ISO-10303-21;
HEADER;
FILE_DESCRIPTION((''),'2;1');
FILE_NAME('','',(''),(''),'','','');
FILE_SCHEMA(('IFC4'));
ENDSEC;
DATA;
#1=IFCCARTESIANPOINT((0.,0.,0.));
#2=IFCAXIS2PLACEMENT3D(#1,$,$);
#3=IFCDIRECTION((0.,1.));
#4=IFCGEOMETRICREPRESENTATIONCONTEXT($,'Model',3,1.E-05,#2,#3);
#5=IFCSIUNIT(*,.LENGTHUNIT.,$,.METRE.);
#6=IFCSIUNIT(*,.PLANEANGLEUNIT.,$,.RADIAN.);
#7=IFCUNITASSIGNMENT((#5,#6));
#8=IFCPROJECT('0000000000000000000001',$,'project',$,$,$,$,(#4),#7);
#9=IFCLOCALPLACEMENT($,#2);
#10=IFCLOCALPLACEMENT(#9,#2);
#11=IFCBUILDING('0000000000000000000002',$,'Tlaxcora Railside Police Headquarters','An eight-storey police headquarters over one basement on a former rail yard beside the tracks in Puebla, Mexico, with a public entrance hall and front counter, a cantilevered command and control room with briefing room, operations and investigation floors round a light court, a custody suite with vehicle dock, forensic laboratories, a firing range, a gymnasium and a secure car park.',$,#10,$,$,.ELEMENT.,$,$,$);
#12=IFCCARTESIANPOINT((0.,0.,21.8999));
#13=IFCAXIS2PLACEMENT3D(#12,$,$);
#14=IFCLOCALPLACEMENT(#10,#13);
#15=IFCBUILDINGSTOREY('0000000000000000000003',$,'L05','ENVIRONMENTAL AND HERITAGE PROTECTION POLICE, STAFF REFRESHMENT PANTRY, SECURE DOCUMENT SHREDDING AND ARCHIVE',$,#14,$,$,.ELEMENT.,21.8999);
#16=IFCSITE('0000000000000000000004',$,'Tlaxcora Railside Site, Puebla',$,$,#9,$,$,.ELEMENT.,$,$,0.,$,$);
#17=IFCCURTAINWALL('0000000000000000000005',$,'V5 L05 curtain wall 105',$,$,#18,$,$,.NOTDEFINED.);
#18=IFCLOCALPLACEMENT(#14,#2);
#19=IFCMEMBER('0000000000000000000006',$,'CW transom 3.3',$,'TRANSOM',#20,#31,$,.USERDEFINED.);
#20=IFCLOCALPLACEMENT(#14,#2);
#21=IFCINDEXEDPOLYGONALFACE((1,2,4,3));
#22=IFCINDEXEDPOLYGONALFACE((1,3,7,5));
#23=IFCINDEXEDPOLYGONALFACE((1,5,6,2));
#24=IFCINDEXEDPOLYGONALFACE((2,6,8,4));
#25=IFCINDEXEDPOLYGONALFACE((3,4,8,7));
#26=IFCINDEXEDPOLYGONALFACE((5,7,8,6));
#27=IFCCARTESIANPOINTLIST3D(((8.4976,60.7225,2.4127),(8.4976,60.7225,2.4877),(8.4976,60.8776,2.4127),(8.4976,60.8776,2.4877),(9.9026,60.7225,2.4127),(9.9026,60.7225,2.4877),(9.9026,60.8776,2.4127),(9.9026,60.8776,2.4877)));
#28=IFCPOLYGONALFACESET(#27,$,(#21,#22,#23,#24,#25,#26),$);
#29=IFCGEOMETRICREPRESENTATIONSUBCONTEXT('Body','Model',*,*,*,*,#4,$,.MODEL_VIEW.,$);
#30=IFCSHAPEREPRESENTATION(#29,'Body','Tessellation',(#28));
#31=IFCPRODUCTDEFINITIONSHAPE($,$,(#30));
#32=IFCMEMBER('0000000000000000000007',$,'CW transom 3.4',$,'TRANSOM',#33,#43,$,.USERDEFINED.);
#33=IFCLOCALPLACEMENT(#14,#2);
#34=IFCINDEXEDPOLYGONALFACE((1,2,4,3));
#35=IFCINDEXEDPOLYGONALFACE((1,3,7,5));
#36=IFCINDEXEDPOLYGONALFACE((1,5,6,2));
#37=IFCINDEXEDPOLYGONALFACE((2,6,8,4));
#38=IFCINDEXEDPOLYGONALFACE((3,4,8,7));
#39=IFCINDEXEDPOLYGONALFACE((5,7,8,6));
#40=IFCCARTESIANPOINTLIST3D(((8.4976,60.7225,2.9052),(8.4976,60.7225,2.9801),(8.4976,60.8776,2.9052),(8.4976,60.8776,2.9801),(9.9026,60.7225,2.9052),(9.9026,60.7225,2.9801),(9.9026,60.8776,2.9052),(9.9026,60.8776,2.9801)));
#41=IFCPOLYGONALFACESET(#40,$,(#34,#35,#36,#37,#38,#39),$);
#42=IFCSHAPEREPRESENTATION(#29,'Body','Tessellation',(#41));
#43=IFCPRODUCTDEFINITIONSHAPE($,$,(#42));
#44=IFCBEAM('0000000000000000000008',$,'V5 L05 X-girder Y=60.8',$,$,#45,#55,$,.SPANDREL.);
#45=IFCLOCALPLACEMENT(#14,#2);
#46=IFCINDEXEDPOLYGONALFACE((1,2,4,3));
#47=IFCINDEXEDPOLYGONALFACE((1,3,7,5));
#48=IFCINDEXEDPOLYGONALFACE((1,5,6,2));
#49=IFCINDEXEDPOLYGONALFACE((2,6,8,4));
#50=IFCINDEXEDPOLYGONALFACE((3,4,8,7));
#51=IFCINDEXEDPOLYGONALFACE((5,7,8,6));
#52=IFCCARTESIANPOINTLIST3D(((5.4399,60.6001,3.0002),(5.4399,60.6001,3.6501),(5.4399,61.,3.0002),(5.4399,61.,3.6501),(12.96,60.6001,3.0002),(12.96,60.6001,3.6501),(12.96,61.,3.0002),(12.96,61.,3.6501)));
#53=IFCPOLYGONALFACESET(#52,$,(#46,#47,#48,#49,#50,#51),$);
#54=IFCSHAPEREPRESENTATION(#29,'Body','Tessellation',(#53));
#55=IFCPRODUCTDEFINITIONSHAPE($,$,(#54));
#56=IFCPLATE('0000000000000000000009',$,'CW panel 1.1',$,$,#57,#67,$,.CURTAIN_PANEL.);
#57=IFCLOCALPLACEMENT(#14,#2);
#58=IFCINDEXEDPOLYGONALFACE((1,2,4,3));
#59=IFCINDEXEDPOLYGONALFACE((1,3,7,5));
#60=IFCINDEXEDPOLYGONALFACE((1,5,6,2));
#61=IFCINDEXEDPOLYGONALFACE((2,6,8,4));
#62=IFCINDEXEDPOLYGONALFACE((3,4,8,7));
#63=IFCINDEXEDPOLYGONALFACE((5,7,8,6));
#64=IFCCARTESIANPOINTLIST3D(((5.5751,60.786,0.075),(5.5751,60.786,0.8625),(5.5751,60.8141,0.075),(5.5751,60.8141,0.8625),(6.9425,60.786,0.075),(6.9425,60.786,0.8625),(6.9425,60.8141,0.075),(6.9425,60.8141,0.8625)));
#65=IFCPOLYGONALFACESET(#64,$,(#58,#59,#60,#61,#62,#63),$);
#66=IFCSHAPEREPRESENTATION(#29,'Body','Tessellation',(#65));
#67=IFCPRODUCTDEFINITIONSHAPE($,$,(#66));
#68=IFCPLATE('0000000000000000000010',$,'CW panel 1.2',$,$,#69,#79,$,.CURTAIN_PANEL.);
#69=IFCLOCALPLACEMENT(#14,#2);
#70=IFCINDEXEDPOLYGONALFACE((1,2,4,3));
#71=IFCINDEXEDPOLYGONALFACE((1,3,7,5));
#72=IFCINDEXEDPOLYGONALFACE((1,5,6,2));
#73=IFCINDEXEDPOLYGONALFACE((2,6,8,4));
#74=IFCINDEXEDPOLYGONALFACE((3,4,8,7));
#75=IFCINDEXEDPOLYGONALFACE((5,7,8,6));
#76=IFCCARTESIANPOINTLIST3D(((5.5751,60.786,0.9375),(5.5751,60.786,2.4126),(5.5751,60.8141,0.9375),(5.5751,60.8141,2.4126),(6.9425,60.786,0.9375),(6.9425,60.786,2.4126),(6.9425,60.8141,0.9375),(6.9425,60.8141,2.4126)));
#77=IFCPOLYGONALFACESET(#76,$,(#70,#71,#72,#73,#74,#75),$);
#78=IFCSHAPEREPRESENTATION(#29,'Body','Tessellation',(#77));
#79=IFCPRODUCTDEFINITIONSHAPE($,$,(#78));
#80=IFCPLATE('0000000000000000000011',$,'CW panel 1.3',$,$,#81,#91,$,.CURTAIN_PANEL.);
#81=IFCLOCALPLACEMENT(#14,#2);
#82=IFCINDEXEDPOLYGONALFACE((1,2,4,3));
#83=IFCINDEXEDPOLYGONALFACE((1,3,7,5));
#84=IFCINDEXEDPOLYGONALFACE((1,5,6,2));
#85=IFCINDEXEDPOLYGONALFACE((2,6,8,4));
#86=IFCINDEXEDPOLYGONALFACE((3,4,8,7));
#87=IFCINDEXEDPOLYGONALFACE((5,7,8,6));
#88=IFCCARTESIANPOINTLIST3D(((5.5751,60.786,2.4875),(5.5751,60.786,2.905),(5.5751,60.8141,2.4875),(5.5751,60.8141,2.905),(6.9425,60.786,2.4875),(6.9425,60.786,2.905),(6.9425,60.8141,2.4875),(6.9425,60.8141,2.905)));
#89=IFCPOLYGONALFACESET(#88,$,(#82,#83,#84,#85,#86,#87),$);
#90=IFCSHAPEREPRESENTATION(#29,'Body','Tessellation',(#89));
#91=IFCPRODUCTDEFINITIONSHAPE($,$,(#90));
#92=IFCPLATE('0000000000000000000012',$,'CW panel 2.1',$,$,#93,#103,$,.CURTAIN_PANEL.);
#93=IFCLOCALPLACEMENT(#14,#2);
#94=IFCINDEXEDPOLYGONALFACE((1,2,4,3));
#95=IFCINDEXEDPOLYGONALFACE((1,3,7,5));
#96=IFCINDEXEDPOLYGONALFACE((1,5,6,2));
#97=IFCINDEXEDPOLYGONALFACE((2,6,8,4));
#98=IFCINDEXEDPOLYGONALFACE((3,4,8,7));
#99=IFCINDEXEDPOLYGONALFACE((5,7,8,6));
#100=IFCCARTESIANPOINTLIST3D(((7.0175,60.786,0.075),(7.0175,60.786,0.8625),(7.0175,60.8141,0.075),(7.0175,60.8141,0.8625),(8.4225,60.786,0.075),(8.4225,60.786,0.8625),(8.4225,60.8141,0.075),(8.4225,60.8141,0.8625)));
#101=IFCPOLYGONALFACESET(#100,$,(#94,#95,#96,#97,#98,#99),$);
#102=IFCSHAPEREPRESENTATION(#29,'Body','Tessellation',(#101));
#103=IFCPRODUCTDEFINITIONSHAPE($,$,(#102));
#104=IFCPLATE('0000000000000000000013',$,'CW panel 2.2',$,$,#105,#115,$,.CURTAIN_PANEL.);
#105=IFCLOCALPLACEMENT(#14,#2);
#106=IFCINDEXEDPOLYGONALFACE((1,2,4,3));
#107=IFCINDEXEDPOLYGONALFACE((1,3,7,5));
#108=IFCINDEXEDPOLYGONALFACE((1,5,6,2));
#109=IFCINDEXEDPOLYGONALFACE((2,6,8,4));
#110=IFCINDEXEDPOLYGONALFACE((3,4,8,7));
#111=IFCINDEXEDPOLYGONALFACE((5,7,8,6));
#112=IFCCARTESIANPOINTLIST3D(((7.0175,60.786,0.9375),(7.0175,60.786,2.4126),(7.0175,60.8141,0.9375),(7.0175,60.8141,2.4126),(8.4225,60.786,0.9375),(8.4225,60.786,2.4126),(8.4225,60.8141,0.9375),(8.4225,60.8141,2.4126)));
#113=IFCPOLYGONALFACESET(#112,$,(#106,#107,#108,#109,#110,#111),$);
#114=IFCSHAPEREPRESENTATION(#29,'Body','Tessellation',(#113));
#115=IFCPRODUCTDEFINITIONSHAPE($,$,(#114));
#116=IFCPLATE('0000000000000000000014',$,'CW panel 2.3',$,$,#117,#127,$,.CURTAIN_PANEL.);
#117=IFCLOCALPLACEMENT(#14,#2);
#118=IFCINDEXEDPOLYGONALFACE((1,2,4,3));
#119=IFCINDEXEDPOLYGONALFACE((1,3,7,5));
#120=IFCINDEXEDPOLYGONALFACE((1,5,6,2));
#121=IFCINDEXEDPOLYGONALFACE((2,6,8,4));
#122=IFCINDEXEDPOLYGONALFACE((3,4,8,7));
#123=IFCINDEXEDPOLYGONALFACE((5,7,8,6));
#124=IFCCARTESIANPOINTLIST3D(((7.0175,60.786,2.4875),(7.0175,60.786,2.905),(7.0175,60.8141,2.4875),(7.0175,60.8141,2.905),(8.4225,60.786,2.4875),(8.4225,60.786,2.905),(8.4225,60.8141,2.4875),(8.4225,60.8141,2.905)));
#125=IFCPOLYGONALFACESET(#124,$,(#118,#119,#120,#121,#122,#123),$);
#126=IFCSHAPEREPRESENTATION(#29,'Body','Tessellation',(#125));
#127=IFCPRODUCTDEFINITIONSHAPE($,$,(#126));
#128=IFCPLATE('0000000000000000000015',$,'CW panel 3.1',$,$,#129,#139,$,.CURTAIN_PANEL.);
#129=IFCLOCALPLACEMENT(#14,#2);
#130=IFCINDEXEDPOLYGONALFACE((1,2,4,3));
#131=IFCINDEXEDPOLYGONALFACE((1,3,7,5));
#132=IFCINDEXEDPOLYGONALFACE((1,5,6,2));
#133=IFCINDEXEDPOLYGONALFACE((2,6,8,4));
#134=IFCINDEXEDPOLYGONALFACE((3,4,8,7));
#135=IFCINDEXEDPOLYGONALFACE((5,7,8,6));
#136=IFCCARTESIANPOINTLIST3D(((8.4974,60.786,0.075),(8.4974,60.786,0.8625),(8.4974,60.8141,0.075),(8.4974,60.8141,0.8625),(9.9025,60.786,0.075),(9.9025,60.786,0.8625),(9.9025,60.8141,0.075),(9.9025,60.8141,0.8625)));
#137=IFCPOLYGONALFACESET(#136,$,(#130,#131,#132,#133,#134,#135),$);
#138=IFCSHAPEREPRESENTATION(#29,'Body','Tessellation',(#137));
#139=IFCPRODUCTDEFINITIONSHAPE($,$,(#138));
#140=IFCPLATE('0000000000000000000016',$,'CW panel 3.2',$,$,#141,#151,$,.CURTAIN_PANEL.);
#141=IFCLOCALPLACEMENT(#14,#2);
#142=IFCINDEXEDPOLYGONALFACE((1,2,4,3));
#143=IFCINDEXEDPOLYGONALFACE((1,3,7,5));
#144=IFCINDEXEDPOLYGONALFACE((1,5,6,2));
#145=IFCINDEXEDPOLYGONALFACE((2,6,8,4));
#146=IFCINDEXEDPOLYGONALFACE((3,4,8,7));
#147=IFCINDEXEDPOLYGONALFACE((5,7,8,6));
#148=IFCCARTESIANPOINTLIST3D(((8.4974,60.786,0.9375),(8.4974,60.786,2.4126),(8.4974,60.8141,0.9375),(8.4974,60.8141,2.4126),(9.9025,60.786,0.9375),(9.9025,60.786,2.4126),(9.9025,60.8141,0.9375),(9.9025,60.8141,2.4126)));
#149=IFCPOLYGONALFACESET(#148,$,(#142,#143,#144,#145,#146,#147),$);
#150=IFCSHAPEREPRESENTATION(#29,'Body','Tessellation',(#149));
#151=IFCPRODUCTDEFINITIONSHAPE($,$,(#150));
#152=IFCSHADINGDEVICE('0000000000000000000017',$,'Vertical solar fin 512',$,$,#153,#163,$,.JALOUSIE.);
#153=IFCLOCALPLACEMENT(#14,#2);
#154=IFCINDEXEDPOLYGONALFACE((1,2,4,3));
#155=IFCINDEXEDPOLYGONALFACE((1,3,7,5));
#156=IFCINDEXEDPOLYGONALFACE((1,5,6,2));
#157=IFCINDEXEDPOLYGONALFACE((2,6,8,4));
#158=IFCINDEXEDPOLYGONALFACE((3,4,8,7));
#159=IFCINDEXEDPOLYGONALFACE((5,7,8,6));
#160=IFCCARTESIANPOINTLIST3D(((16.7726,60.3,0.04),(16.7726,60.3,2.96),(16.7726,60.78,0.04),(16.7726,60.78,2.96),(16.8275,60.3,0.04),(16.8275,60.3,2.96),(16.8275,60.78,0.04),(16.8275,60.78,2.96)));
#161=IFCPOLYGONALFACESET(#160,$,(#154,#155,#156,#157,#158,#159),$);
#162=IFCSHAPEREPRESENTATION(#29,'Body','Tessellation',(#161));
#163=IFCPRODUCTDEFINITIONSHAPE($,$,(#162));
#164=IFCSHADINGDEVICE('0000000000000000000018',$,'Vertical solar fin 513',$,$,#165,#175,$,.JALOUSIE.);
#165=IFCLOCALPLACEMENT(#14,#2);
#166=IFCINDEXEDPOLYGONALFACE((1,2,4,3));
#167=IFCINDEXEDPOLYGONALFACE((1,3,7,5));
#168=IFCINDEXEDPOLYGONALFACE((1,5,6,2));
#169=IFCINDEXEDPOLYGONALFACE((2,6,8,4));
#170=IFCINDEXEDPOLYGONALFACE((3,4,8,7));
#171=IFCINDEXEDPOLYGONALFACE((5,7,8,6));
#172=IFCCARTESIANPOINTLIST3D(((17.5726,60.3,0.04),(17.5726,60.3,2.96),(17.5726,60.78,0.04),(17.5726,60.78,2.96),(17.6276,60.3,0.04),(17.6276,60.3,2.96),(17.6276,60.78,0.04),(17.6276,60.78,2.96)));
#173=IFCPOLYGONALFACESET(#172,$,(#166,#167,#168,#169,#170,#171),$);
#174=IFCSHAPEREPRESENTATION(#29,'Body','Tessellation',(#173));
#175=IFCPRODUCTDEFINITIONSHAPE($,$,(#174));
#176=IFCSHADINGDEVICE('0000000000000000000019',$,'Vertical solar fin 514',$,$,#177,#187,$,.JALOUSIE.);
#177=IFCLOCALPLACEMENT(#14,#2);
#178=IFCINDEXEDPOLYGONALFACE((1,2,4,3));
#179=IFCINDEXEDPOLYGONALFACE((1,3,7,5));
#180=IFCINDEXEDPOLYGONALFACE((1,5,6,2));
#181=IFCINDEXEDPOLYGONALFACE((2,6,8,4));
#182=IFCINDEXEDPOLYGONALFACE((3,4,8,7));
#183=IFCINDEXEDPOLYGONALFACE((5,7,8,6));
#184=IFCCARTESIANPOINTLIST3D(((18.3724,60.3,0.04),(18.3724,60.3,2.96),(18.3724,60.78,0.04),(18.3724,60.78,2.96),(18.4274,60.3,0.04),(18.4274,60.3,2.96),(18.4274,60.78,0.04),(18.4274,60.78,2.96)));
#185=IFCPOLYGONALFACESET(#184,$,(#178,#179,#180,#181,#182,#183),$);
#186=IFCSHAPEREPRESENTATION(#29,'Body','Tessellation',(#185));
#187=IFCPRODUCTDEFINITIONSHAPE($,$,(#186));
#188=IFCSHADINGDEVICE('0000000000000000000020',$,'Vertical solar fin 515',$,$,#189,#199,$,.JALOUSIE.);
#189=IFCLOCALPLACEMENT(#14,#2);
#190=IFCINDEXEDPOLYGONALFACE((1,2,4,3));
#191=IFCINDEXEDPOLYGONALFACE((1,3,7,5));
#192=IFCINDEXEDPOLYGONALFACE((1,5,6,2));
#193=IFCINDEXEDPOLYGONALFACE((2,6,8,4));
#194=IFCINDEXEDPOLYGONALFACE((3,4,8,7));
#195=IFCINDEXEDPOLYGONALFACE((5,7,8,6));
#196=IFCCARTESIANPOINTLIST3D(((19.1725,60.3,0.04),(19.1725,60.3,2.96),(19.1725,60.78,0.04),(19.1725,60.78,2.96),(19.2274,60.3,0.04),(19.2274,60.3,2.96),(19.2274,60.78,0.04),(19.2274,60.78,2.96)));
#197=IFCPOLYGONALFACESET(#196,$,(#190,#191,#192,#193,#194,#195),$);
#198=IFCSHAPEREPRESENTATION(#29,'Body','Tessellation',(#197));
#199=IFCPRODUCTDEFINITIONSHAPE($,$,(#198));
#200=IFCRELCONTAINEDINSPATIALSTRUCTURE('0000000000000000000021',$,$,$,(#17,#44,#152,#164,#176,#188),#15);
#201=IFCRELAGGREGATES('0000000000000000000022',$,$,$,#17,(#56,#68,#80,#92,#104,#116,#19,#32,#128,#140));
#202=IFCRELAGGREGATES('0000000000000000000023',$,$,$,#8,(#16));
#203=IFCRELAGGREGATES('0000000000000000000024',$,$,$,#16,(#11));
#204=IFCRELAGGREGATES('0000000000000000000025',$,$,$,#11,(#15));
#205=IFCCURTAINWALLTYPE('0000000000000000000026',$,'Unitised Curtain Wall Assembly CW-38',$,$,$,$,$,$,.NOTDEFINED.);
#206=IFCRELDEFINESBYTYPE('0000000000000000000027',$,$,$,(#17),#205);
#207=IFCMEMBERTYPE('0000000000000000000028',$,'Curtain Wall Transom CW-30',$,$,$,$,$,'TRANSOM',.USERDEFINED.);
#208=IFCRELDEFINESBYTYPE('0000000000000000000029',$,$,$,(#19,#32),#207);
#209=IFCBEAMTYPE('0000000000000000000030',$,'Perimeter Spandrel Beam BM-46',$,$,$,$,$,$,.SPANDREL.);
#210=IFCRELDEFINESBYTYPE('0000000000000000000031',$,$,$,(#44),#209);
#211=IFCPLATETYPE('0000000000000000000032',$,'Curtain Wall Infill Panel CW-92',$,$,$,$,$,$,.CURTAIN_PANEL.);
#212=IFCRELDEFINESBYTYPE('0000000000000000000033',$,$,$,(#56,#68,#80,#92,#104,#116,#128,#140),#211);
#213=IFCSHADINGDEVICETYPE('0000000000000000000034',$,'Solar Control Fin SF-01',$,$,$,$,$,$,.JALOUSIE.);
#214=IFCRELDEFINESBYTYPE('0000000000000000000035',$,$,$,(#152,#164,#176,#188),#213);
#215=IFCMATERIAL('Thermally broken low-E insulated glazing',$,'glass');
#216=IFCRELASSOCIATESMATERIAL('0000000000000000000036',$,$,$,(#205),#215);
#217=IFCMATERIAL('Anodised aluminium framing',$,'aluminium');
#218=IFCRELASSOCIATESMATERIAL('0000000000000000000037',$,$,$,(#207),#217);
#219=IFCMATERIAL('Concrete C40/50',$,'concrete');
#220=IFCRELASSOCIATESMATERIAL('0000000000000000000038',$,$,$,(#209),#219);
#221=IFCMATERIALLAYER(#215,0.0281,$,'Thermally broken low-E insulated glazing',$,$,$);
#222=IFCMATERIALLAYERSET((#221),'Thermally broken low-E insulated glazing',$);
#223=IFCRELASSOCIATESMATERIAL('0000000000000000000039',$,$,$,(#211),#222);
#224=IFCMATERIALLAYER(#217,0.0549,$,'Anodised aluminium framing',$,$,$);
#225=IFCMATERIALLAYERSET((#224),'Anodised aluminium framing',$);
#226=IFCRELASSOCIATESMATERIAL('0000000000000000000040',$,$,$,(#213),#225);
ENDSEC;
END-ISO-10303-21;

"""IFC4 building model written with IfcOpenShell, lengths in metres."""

from ifc_helpers import new_model, si_unit, direction, frame, origin, origin_2d, place, context, subcontext, project, spatial, rectangle, extrude, material, layer, layer_set, material_profile, profile_set, type_object, element, aggregate, save


model = new_model("IFC4")

# Units and contexts
model_context = context("Model", 3, precision=1e-05, world=origin(), true_north=direction((0.0, 1.0)))
body_context = subcontext(model_context, "Body", "Model", "MODEL_VIEW")
ifc_project = project(units=[si_unit("LENGTHUNIT", "METRE"), si_unit("PLANEANGLEUNIT", "RADIAN")], contexts=[model_context])

# Site, building, storey
site_placement = place(None, origin())
site = spatial("IfcSite", under=ifc_project, at=site_placement, Name="Tlaxcora Railside Site, Puebla", CompositionType="ELEMENT", RefElevation=0.0)
building_placement = place(site_placement, origin())
building = spatial("IfcBuilding", under=site, at=building_placement, Name="Tlaxcora Railside Police Headquarters", Description="An eight-storey police headquarters over one basement on a former rail yard beside the tracks in Puebla, Mexico, with a public entrance hall and front counter, a cantilevered command and control room with briefing room, operations and investigation floors round a light court, a custody suite with vehicle dock, forensic laboratories, a firing range, a gymnasium and a secure car park.", CompositionType="ELEMENT")
storey_placement = place(building_placement, frame((0.0, 0.0, 21.8999)))
storey = spatial("IfcBuildingStorey", under=building, at=storey_placement, Name="L05", Description="ENVIRONMENTAL AND HERITAGE PROTECTION POLICE, STAFF REFRESHMENT PANTRY, SECURE DOCUMENT SHREDDING AND ARCHIVE", CompositionType="ELEMENT", Elevation=21.8999)

# Shared definitions
ifc_material_1 = material(Name="Concrete C40/50", Category="concrete")

# Curtain wall, members
ifc_material_2 = material(Name="Thermally broken low-E insulated glazing", Category="glass")
curtain_wall_type = type_object("IfcCurtainWallType", Name="Unitised Curtain Wall Assembly CW-38", PredefinedType="NOTDEFINED", material=ifc_material_2)
curtain_wall_placement = place(storey_placement, origin())
curtain_wall = element("IfcCurtainWall", 1, at=curtain_wall_placement, inside=storey, type_object=curtain_wall_type, Name="V5 L05 curtain wall 105", PredefinedType="NOTDEFINED")
ifc_material_3 = material(Name="Anodised aluminium framing", Category="aluminium")
ifc_material_profile_1 = material_profile(ifc_material_3, rectangle(XDim=0.155, YDim=0.075, at=origin_2d()), Name="AL75X155")
ifc_profile_set_1 = profile_set([ifc_material_profile_1], Name="Anodised aluminium framing")
member_type_1 = type_object("IfcMemberType", Name="Curtain Wall Transom CW-30", ElementType="TRANSOM", PredefinedType="USERDEFINED", material=ifc_profile_set_1)
member_1_placement = place(storey_placement, frame((8.4976, 60.8, 2.4502), z_axis=(1.0, 0.0, 0.0), x_axis=(0.0, 1.0, 0.0)))
member_1 = element("IfcMember", 2, at=member_1_placement, type_object=member_type_1, Name="CW transom 3.3", ObjectType="TRANSOM", PredefinedType="USERDEFINED", context=body_context, shape_type="SweptSolid", body=[
    extrude(rectangle(XDim=0.155, YDim=0.075, at=origin_2d()), origin(), (0.0, 0.0, 1.0), 1.405),
])
member_2_placement = place(storey_placement, frame((8.4976, 60.8, 2.9426), z_axis=(1.0, 0.0, 0.0), x_axis=(0.0, 1.0, 0.0)))
member_2 = element("IfcMember", 3, at=member_2_placement, type_object=member_type_1, Name="CW transom 3.4", ObjectType="TRANSOM", PredefinedType="USERDEFINED", context=body_context, shape_type="SweptSolid", body=[
    extrude(rectangle(XDim=0.155, YDim=0.075, at=origin_2d()), origin(), (0.0, 0.0, 1.0), 1.405),
])

# Beam
ifc_material_profile_2 = material_profile(ifc_material_1, rectangle(XDim=0.3999, YDim=0.6499, at=origin_2d()), Name="RC400X650")
ifc_profile_set_2 = profile_set([ifc_material_profile_2], Name="Concrete C40/50")
beam_type = type_object("IfcBeamType", Name="Perimeter Spandrel Beam BM-46", PredefinedType="SPANDREL", material=ifc_profile_set_2)
beam_placement = place(storey_placement, frame((5.4399, 60.8, 3.3252), z_axis=(1.0, 0.0, 0.0), x_axis=(0.0, 1.0, 0.0)))
element("IfcBeam", 4, at=beam_placement, inside=storey, type_object=beam_type, Name="V5 L05 X-girder Y=60.8", PredefinedType="SPANDREL", context=body_context, shape_type="SweptSolid", body=[
    extrude(rectangle(XDim=0.3999, YDim=0.6499, at=origin_2d()), origin(), (0.0, 0.0, 1.0), 7.52),
])

# Plates
ifc_layer_1 = layer(ifc_material_2, 0.0281, Name="Thermally broken low-E insulated glazing")
ifc_layer_set_1 = layer_set([ifc_layer_1], Name="Thermally broken low-E insulated glazing")
plate_type = type_object("IfcPlateType", Name="Curtain Wall Infill Panel CW-92", PredefinedType="CURTAIN_PANEL", material=ifc_layer_set_1)
plate_1_placement = place(storey_placement, frame((6.2588, 60.8, 0.075), z_axis=(0.0, 0.0, 1.0), x_axis=(1.0, 0.0, 0.0)))
plate_1 = element("IfcPlate", 5, at=plate_1_placement, type_object=plate_type, Name="CW panel 1.1", PredefinedType="CURTAIN_PANEL", context=body_context, shape_type="SweptSolid", body=[
    extrude(rectangle(XDim=1.3674, YDim=0.0281, at=origin_2d()), origin(), (0.0, 0.0, 1.0), 0.7876),
])
plate_2_placement = place(storey_placement, frame((6.2588, 60.8, 0.9375), z_axis=(0.0, 0.0, 1.0), x_axis=(1.0, 0.0, 0.0)))
plate_2 = element("IfcPlate", 6, at=plate_2_placement, type_object=plate_type, Name="CW panel 1.2", PredefinedType="CURTAIN_PANEL", context=body_context, shape_type="SweptSolid", body=[
    extrude(rectangle(XDim=1.3674, YDim=0.0281, at=origin_2d()), origin(), (0.0, 0.0, 1.0), 1.4751),
])
plate_3_placement = place(storey_placement, frame((6.2588, 60.8, 2.4875), z_axis=(0.0, 0.0, 1.0), x_axis=(1.0, 0.0, 0.0)))
plate_3 = element("IfcPlate", 7, at=plate_3_placement, type_object=plate_type, Name="CW panel 1.3", PredefinedType="CURTAIN_PANEL", context=body_context, shape_type="SweptSolid", body=[
    extrude(rectangle(XDim=1.3674, YDim=0.0281, at=origin_2d()), origin(), (0.0, 0.0, 1.0), 0.4175),
])
plate_4_placement = place(storey_placement, frame((7.72, 60.8, 0.075), z_axis=(0.0, 0.0, 1.0), x_axis=(1.0, 0.0, 0.0)))
plate_4 = element("IfcPlate", 8, at=plate_4_placement, type_object=plate_type, Name="CW panel 2.1", PredefinedType="CURTAIN_PANEL", context=body_context, shape_type="SweptSolid", body=[
    extrude(rectangle(XDim=1.405, YDim=0.0281, at=origin_2d()), origin(), (0.0, 0.0, 1.0), 0.7876),
])
plate_5_placement = place(storey_placement, frame((7.72, 60.8, 0.9375), z_axis=(0.0, 0.0, 1.0), x_axis=(1.0, 0.0, 0.0)))
plate_5 = element("IfcPlate", 9, at=plate_5_placement, type_object=plate_type, Name="CW panel 2.2", PredefinedType="CURTAIN_PANEL", context=body_context, shape_type="SweptSolid", body=[
    extrude(rectangle(XDim=1.405, YDim=0.0281, at=origin_2d()), origin(), (0.0, 0.0, 1.0), 1.4751),
])
plate_6_placement = place(storey_placement, frame((7.72, 60.8, 2.4875), z_axis=(0.0, 0.0, 1.0), x_axis=(1.0, 0.0, 0.0)))
plate_6 = element("IfcPlate", 10, at=plate_6_placement, type_object=plate_type, Name="CW panel 2.3", PredefinedType="CURTAIN_PANEL", context=body_context, shape_type="SweptSolid", body=[
    extrude(rectangle(XDim=1.405, YDim=0.0281, at=origin_2d()), origin(), (0.0, 0.0, 1.0), 0.4175),
])
plate_7_placement = place(storey_placement, frame((9.2, 60.8, 0.075), z_axis=(0.0, 0.0, 1.0), x_axis=(1.0, 0.0, 0.0)))
plate_7 = element("IfcPlate", 11, at=plate_7_placement, type_object=plate_type, Name="CW panel 3.1", PredefinedType="CURTAIN_PANEL", context=body_context, shape_type="SweptSolid", body=[
    extrude(rectangle(XDim=1.405, YDim=0.0281, at=origin_2d()), origin(), (0.0, 0.0, 1.0), 0.7876),
])
plate_8_placement = place(storey_placement, frame((9.2, 60.8, 0.9375), z_axis=(0.0, 0.0, 1.0), x_axis=(1.0, 0.0, 0.0)))
plate_8 = element("IfcPlate", 12, at=plate_8_placement, type_object=plate_type, Name="CW panel 3.2", PredefinedType="CURTAIN_PANEL", context=body_context, shape_type="SweptSolid", body=[
    extrude(rectangle(XDim=1.405, YDim=0.0281, at=origin_2d()), origin(), (0.0, 0.0, 1.0), 1.4751),
])
aggregate(curtain_wall, [plate_1, plate_2, plate_3, plate_4, plate_5, plate_6, member_1, member_2, plate_7, plate_8])

# Shading devices
ifc_layer_2 = layer(ifc_material_3, 0.0549, Name="Anodised aluminium framing")
ifc_layer_set_2 = layer_set([ifc_layer_2], Name="Anodised aluminium framing")
shading_device_type = type_object("IfcShadingDeviceType", Name="Solar Control Fin SF-01", PredefinedType="JALOUSIE", material=ifc_layer_set_2)
for number, where, z_axis, x_axis, name in (
    (13, (16.8, 60.54, 0.04), (0.0, 0.0, 1.0), (0.0, -1.0, 0.0), "Vertical solar fin 512"),
    (14, (17.6001, 60.54, 0.04), (0.0, 0.0, 1.0), (0.0, -1.0, 0.0), "Vertical solar fin 513"),
    (15, (18.3999, 60.54, 0.04), (0.0, 0.0, 1.0), (0.0, -1.0, 0.0), "Vertical solar fin 514"),
    (16, (19.2, 60.54, 0.04), (0.0, 0.0, 1.0), (0.0, -1.0, 0.0), "Vertical solar fin 515"),
):
    element("IfcShadingDevice", number, at=place(storey_placement, frame(where, z_axis=z_axis, x_axis=x_axis)), inside=storey, type_object=shading_device_type, Name=name, PredefinedType="JALOUSIE", context=body_context, shape_type="SweptSolid", body=[
        extrude(rectangle(XDim=0.48, YDim=0.0549, at=origin_2d()), origin(), (0.0, 0.0, 1.0), 2.9199),
    ])

save(model, "model.ifc")
